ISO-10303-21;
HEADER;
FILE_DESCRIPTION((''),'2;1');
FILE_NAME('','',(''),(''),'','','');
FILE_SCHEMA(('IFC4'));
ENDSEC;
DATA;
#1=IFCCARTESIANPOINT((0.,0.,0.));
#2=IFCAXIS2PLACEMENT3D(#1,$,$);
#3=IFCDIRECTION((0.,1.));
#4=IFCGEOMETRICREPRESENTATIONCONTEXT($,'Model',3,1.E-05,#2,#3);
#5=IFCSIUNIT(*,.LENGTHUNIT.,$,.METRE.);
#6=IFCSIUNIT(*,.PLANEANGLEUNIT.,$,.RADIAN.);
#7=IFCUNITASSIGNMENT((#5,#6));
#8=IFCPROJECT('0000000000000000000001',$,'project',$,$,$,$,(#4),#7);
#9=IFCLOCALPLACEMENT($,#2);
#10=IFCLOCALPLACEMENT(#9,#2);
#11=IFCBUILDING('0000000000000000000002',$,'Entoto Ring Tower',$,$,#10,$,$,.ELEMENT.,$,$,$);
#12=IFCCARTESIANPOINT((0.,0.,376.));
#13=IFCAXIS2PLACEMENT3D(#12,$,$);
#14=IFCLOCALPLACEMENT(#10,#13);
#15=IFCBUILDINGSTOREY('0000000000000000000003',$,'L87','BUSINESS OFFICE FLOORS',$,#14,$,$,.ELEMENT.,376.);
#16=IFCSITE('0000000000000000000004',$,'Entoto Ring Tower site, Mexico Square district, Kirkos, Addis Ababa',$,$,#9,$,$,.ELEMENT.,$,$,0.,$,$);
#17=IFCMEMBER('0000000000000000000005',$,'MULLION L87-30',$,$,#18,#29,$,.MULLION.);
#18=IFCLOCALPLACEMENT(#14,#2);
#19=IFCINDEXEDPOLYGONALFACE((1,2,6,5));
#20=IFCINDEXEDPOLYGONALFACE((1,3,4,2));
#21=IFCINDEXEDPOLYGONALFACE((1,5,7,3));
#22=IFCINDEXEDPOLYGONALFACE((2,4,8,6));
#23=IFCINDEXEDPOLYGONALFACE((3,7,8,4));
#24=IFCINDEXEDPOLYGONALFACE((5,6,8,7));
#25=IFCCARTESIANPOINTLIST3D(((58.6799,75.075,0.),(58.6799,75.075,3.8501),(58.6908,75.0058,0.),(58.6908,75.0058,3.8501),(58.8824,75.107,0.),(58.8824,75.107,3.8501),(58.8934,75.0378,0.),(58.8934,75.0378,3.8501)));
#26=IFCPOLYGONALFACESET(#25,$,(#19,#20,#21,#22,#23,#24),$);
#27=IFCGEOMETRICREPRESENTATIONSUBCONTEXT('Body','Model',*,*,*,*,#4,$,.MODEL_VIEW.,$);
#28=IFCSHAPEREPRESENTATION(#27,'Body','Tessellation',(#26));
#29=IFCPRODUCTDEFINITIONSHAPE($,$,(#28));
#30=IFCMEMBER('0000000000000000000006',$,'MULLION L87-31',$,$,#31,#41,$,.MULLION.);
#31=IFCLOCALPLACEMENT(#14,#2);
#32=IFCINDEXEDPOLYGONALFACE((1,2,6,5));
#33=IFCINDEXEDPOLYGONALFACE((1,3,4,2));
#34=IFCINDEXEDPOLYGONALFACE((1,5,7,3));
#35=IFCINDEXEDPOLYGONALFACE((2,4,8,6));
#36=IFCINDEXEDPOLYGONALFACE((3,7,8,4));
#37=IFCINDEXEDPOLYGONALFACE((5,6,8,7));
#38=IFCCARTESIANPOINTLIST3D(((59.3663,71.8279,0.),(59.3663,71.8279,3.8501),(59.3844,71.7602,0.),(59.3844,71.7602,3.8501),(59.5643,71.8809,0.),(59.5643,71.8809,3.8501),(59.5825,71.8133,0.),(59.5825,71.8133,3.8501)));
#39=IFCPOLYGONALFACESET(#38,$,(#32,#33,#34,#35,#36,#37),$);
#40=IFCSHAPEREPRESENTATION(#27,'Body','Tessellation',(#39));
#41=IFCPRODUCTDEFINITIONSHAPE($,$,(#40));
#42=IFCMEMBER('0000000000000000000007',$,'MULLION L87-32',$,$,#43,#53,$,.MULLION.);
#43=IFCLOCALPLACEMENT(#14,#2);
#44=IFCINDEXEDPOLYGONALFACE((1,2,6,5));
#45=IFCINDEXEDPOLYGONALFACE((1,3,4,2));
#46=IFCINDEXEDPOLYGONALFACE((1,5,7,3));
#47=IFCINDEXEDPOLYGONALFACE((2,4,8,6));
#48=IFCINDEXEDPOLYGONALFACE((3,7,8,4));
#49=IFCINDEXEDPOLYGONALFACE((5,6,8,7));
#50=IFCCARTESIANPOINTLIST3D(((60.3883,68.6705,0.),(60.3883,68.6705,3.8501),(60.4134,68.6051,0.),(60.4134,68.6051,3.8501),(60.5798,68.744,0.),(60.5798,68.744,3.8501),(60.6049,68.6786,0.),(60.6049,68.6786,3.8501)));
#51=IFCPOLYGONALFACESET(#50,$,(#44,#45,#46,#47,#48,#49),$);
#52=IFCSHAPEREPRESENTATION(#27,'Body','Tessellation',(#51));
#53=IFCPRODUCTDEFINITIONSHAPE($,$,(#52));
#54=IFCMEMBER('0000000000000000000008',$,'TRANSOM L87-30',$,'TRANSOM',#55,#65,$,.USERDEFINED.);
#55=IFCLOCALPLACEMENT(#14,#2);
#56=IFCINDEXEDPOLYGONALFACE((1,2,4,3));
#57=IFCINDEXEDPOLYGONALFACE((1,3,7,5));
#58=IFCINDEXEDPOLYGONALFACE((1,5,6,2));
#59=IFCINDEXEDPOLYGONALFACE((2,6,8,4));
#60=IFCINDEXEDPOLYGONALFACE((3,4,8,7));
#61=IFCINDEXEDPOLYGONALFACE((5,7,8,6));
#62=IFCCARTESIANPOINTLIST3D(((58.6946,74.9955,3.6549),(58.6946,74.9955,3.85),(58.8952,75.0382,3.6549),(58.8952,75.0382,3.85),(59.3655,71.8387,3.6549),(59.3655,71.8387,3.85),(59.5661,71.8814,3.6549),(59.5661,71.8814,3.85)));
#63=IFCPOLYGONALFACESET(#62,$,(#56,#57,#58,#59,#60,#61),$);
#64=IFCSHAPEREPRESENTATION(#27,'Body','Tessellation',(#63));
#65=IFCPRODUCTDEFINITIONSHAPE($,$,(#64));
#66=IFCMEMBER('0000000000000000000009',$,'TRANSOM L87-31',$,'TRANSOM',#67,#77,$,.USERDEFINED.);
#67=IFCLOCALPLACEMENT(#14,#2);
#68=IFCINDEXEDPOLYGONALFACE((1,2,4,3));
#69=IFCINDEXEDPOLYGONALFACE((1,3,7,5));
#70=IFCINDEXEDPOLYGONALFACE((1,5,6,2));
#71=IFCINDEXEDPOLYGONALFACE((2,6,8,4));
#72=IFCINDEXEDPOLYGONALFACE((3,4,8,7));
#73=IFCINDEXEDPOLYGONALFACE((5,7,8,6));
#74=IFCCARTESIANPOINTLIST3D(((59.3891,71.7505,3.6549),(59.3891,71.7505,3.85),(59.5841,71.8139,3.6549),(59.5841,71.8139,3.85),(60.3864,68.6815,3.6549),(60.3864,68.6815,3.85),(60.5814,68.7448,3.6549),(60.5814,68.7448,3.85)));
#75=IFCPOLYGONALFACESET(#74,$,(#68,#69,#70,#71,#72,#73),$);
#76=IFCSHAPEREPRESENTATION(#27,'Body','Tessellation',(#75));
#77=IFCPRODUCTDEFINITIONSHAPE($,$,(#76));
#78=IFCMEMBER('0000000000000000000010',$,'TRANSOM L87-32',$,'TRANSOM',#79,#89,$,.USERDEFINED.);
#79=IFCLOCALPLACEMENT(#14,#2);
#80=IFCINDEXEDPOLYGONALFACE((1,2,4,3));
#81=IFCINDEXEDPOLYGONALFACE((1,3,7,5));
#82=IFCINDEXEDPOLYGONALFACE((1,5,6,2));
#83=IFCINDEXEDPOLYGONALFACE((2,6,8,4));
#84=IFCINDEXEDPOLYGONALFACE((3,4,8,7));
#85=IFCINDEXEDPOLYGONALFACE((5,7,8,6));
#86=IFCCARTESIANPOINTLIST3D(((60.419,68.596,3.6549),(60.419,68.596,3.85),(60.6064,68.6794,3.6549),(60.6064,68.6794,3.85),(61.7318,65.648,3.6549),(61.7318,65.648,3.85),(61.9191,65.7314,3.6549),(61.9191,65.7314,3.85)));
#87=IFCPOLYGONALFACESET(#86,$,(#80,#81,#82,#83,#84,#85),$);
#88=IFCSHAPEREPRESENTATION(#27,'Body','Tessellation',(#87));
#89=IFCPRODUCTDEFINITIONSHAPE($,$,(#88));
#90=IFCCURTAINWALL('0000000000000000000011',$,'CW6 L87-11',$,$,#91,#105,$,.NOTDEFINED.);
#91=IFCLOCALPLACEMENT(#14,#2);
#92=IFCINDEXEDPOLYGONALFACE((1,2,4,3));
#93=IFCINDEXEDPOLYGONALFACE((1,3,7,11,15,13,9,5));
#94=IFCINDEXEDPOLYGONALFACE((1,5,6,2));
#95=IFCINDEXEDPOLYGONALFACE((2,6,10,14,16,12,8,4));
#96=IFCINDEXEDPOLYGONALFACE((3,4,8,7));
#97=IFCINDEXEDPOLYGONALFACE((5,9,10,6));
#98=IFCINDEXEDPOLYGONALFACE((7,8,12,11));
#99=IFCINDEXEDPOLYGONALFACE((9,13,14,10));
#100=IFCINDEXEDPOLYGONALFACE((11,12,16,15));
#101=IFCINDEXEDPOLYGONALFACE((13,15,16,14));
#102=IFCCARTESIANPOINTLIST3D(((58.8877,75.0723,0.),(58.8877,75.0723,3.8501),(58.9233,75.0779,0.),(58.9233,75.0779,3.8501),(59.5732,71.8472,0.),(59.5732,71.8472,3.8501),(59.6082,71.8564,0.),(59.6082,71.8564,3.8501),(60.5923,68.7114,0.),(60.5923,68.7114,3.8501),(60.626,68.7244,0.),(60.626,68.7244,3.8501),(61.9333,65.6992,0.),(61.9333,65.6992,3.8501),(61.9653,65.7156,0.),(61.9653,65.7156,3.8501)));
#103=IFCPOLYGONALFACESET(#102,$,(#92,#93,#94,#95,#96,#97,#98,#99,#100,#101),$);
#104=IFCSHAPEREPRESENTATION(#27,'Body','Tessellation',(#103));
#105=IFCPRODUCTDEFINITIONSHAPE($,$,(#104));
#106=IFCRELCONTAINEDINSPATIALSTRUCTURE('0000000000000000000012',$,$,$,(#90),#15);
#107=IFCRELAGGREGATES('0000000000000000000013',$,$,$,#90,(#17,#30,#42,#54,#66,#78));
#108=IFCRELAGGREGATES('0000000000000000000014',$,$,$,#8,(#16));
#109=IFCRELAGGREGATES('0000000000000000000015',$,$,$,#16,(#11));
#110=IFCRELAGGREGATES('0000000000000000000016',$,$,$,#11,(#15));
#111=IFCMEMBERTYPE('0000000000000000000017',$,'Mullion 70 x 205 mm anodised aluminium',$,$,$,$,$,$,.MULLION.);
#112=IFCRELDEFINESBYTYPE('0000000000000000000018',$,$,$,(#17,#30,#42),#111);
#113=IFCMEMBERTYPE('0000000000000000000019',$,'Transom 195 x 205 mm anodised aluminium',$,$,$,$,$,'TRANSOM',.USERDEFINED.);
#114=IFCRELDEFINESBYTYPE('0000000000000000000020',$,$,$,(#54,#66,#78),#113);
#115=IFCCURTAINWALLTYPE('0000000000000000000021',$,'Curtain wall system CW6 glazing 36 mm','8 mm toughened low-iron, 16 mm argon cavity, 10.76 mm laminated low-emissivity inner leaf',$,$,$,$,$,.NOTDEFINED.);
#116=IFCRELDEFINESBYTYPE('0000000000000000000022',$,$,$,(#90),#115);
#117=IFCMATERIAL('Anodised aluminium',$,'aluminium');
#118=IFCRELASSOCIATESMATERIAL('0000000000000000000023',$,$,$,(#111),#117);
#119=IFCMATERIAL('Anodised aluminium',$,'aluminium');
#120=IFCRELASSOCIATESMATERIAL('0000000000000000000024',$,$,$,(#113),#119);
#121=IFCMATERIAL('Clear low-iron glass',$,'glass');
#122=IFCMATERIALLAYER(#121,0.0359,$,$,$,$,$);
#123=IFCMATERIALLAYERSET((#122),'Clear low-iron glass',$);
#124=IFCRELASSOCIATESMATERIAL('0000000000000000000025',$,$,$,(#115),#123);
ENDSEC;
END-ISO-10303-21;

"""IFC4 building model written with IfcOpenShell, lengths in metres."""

from ifc_helpers import new_model, si_unit, direction, frame, origin, origin_2d, place, context, subcontext, project, spatial, polyline, rectangle, outline, extrude, material, layer, layer_set, material_profile, profile_set, type_object, element, aggregate, save


model = new_model("IFC4")

# Units and contexts
model_context = context("Model", 3, precision=1e-05, world=origin(), true_north=direction((0.0, 1.0)))
body_context = subcontext(model_context, "Body", "Model", "MODEL_VIEW")
ifc_project = project(units=[si_unit("LENGTHUNIT", "METRE"), si_unit("PLANEANGLEUNIT", "RADIAN")], contexts=[model_context])

# Members
ifc_material_1 = material(Name="Anodised aluminium", Category="aluminium")
ifc_material_profile_1 = material_profile(ifc_material_1, rectangle(XDim=0.0701, YDim=0.2051, at=origin_2d()), Name="Mullion 70 x 205 mm anodised aluminium")
ifc_profile_set_1 = profile_set([ifc_material_profile_1], Name="Anodised aluminium")
member_type_1 = type_object("IfcMemberType", Name="Mullion 70 x 205 mm anodised aluminium", PredefinedType="MULLION", material=ifc_profile_set_1)
site_placement = place(None, origin())
building_placement = place(site_placement, origin())
storey_placement = place(building_placement, frame((0.0, 0.0, 376.0)))
member_1_placement = place(storey_placement, frame((58.7866, 75.0564, 0.0), z_axis=(0.0, 0.0, 1.0), x_axis=(0.156434, -0.987688, 0.0)))
member_1 = element("IfcMember", 1, at=member_1_placement, type_object=member_type_1, Name="MULLION L87-30", PredefinedType="MULLION", context=body_context, shape_type="SweptSolid", body=[
    extrude(rectangle(XDim=0.0701, YDim=0.2051, at=origin_2d()), origin(), (0.0, 0.0, 1.0), 3.8501),
])
member_2_placement = place(storey_placement, frame((59.4744, 71.8206, 0.0), z_axis=(0.0, 0.0, 1.0), x_axis=(0.258819, -0.965926, 0.0)))
member_2 = element("IfcMember", 2, at=member_2_placement, type_object=member_type_1, Name="MULLION L87-31", PredefinedType="MULLION", context=body_context, shape_type="SweptSolid", body=[
    extrude(rectangle(XDim=0.0701, YDim=0.2051, at=origin_2d()), origin(), (0.0, 0.0, 1.0), 3.8501),
])
member_3_placement = place(storey_placement, frame((60.4966, 68.6746, 0.0), z_axis=(0.0, 0.0, 1.0), x_axis=(0.358368, -0.93358, 0.0)))
member_3 = element("IfcMember", 3, at=member_3_placement, type_object=member_type_1, Name="MULLION L87-32", PredefinedType="MULLION", context=body_context, shape_type="SweptSolid", body=[
    extrude(rectangle(XDim=0.0701, YDim=0.2051, at=origin_2d()), origin(), (0.0, 0.0, 1.0), 3.8501),
])
ifc_material_2 = material(Name="Anodised aluminium", Category="aluminium")
ifc_material_profile_2 = material_profile(ifc_material_2, rectangle(XDim=0.2051, YDim=0.1951, at=origin_2d()), Name="Transom 195 x 205 mm anodised aluminium")
ifc_profile_set_2 = profile_set([ifc_material_profile_2], Name="Anodised aluminium")
member_type_2 = type_object("IfcMemberType", Name="Transom 195 x 205 mm anodised aluminium", ElementType="TRANSOM", PredefinedType="USERDEFINED", material=ifc_profile_set_2)
member_4_placement = place(storey_placement, frame((58.7949, 75.0168, 3.7524), z_axis=(0.207886, -0.978153, 0.0), x_axis=(0.978153, 0.207886, 0.0)))
member_4 = element("IfcMember", 4, at=member_4_placement, type_object=member_type_2, Name="TRANSOM L87-30", ObjectType="TRANSOM", PredefinedType="USERDEFINED", context=body_context, shape_type="SweptSolid", body=[
    extrude(rectangle(XDim=0.2051, YDim=0.1951, at=origin_2d()), origin(), (0.0, 0.0, 1.0), 3.2273),
])
member_5_placement = place(storey_placement, frame((59.4866, 71.7822, 3.7524), z_axis=(0.309047, -0.951047, 0.0), x_axis=(0.951047, 0.309047, 0.0)))
member_5 = element("IfcMember", 5, at=member_5_placement, type_object=member_type_2, Name="TRANSOM L87-31", ObjectType="TRANSOM", PredefinedType="USERDEFINED", context=body_context, shape_type="SweptSolid", body=[
    extrude(rectangle(XDim=0.2051, YDim=0.1951, at=origin_2d()), origin(), (0.0, 0.0, 1.0), 3.2271),
])
member_6_placement = place(storey_placement, frame((60.5127, 68.6377, 3.7524), z_axis=(0.406791, -0.913521, 0.0), x_axis=(0.913521, 0.406791, 0.0)))
member_6 = element("IfcMember", 6, at=member_6_placement, type_object=member_type_2, Name="TRANSOM L87-32", ObjectType="TRANSOM", PredefinedType="USERDEFINED", context=body_context, shape_type="SweptSolid", body=[
    extrude(rectangle(XDim=0.2051, YDim=0.1951, at=origin_2d()), origin(), (0.0, 0.0, 1.0), 3.2271),
])

# Site, building, storey
site = spatial("IfcSite", under=ifc_project, at=site_placement, Name="Entoto Ring Tower site, Mexico Square district, Kirkos, Addis Ababa", CompositionType="ELEMENT", RefElevation=0.0)
building = spatial("IfcBuilding", under=site, at=building_placement, Name="Entoto Ring Tower", CompositionType="ELEMENT")
storey = spatial("IfcBuildingStorey", under=building, at=storey_placement, Name="L87", Description="BUSINESS OFFICE FLOORS", CompositionType="ELEMENT", Elevation=376.0)

# Curtain wall
ifc_material_3 = material(Name="Clear low-iron glass", Category="glass")
ifc_layer = layer(ifc_material_3, 0.0359)
ifc_layer_set = layer_set([ifc_layer], Name="Clear low-iron glass")
curtain_wall_type = type_object("IfcCurtainWallType", Name="Curtain wall system CW6 glazing 36 mm", Description="8 mm toughened low-iron, 16 mm argon cavity, 10.76 mm laminated low-emissivity inner leaf", PredefinedType="NOTDEFINED", material=ifc_layer_set)
curtain_wall_1_placement = place(storey_placement, origin())
curtain_wall_1 = element("IfcCurtainWall", 7, at=curtain_wall_1_placement, inside=storey, type_object=curtain_wall_type, Name="CW6 L87-11", PredefinedType="NOTDEFINED", context=body_context, shape_type="SweptSolid", body=[
    extrude(outline(polyline([(58.8877, 75.0723), (59.5732, 71.8472), (60.5923, 68.7114), (61.9333, 65.6992), (61.9653, 65.7156), (60.626, 68.7244), (59.6082, 71.8564), (58.9233, 75.0779), (58.8877, 75.0723)])), origin(), (0.0, 0.0, 1.0), 3.8501),
])
aggregate(curtain_wall_1, [member_1, member_2, member_3, member_4, member_5, member_6])

save(model, "model.ifc")
